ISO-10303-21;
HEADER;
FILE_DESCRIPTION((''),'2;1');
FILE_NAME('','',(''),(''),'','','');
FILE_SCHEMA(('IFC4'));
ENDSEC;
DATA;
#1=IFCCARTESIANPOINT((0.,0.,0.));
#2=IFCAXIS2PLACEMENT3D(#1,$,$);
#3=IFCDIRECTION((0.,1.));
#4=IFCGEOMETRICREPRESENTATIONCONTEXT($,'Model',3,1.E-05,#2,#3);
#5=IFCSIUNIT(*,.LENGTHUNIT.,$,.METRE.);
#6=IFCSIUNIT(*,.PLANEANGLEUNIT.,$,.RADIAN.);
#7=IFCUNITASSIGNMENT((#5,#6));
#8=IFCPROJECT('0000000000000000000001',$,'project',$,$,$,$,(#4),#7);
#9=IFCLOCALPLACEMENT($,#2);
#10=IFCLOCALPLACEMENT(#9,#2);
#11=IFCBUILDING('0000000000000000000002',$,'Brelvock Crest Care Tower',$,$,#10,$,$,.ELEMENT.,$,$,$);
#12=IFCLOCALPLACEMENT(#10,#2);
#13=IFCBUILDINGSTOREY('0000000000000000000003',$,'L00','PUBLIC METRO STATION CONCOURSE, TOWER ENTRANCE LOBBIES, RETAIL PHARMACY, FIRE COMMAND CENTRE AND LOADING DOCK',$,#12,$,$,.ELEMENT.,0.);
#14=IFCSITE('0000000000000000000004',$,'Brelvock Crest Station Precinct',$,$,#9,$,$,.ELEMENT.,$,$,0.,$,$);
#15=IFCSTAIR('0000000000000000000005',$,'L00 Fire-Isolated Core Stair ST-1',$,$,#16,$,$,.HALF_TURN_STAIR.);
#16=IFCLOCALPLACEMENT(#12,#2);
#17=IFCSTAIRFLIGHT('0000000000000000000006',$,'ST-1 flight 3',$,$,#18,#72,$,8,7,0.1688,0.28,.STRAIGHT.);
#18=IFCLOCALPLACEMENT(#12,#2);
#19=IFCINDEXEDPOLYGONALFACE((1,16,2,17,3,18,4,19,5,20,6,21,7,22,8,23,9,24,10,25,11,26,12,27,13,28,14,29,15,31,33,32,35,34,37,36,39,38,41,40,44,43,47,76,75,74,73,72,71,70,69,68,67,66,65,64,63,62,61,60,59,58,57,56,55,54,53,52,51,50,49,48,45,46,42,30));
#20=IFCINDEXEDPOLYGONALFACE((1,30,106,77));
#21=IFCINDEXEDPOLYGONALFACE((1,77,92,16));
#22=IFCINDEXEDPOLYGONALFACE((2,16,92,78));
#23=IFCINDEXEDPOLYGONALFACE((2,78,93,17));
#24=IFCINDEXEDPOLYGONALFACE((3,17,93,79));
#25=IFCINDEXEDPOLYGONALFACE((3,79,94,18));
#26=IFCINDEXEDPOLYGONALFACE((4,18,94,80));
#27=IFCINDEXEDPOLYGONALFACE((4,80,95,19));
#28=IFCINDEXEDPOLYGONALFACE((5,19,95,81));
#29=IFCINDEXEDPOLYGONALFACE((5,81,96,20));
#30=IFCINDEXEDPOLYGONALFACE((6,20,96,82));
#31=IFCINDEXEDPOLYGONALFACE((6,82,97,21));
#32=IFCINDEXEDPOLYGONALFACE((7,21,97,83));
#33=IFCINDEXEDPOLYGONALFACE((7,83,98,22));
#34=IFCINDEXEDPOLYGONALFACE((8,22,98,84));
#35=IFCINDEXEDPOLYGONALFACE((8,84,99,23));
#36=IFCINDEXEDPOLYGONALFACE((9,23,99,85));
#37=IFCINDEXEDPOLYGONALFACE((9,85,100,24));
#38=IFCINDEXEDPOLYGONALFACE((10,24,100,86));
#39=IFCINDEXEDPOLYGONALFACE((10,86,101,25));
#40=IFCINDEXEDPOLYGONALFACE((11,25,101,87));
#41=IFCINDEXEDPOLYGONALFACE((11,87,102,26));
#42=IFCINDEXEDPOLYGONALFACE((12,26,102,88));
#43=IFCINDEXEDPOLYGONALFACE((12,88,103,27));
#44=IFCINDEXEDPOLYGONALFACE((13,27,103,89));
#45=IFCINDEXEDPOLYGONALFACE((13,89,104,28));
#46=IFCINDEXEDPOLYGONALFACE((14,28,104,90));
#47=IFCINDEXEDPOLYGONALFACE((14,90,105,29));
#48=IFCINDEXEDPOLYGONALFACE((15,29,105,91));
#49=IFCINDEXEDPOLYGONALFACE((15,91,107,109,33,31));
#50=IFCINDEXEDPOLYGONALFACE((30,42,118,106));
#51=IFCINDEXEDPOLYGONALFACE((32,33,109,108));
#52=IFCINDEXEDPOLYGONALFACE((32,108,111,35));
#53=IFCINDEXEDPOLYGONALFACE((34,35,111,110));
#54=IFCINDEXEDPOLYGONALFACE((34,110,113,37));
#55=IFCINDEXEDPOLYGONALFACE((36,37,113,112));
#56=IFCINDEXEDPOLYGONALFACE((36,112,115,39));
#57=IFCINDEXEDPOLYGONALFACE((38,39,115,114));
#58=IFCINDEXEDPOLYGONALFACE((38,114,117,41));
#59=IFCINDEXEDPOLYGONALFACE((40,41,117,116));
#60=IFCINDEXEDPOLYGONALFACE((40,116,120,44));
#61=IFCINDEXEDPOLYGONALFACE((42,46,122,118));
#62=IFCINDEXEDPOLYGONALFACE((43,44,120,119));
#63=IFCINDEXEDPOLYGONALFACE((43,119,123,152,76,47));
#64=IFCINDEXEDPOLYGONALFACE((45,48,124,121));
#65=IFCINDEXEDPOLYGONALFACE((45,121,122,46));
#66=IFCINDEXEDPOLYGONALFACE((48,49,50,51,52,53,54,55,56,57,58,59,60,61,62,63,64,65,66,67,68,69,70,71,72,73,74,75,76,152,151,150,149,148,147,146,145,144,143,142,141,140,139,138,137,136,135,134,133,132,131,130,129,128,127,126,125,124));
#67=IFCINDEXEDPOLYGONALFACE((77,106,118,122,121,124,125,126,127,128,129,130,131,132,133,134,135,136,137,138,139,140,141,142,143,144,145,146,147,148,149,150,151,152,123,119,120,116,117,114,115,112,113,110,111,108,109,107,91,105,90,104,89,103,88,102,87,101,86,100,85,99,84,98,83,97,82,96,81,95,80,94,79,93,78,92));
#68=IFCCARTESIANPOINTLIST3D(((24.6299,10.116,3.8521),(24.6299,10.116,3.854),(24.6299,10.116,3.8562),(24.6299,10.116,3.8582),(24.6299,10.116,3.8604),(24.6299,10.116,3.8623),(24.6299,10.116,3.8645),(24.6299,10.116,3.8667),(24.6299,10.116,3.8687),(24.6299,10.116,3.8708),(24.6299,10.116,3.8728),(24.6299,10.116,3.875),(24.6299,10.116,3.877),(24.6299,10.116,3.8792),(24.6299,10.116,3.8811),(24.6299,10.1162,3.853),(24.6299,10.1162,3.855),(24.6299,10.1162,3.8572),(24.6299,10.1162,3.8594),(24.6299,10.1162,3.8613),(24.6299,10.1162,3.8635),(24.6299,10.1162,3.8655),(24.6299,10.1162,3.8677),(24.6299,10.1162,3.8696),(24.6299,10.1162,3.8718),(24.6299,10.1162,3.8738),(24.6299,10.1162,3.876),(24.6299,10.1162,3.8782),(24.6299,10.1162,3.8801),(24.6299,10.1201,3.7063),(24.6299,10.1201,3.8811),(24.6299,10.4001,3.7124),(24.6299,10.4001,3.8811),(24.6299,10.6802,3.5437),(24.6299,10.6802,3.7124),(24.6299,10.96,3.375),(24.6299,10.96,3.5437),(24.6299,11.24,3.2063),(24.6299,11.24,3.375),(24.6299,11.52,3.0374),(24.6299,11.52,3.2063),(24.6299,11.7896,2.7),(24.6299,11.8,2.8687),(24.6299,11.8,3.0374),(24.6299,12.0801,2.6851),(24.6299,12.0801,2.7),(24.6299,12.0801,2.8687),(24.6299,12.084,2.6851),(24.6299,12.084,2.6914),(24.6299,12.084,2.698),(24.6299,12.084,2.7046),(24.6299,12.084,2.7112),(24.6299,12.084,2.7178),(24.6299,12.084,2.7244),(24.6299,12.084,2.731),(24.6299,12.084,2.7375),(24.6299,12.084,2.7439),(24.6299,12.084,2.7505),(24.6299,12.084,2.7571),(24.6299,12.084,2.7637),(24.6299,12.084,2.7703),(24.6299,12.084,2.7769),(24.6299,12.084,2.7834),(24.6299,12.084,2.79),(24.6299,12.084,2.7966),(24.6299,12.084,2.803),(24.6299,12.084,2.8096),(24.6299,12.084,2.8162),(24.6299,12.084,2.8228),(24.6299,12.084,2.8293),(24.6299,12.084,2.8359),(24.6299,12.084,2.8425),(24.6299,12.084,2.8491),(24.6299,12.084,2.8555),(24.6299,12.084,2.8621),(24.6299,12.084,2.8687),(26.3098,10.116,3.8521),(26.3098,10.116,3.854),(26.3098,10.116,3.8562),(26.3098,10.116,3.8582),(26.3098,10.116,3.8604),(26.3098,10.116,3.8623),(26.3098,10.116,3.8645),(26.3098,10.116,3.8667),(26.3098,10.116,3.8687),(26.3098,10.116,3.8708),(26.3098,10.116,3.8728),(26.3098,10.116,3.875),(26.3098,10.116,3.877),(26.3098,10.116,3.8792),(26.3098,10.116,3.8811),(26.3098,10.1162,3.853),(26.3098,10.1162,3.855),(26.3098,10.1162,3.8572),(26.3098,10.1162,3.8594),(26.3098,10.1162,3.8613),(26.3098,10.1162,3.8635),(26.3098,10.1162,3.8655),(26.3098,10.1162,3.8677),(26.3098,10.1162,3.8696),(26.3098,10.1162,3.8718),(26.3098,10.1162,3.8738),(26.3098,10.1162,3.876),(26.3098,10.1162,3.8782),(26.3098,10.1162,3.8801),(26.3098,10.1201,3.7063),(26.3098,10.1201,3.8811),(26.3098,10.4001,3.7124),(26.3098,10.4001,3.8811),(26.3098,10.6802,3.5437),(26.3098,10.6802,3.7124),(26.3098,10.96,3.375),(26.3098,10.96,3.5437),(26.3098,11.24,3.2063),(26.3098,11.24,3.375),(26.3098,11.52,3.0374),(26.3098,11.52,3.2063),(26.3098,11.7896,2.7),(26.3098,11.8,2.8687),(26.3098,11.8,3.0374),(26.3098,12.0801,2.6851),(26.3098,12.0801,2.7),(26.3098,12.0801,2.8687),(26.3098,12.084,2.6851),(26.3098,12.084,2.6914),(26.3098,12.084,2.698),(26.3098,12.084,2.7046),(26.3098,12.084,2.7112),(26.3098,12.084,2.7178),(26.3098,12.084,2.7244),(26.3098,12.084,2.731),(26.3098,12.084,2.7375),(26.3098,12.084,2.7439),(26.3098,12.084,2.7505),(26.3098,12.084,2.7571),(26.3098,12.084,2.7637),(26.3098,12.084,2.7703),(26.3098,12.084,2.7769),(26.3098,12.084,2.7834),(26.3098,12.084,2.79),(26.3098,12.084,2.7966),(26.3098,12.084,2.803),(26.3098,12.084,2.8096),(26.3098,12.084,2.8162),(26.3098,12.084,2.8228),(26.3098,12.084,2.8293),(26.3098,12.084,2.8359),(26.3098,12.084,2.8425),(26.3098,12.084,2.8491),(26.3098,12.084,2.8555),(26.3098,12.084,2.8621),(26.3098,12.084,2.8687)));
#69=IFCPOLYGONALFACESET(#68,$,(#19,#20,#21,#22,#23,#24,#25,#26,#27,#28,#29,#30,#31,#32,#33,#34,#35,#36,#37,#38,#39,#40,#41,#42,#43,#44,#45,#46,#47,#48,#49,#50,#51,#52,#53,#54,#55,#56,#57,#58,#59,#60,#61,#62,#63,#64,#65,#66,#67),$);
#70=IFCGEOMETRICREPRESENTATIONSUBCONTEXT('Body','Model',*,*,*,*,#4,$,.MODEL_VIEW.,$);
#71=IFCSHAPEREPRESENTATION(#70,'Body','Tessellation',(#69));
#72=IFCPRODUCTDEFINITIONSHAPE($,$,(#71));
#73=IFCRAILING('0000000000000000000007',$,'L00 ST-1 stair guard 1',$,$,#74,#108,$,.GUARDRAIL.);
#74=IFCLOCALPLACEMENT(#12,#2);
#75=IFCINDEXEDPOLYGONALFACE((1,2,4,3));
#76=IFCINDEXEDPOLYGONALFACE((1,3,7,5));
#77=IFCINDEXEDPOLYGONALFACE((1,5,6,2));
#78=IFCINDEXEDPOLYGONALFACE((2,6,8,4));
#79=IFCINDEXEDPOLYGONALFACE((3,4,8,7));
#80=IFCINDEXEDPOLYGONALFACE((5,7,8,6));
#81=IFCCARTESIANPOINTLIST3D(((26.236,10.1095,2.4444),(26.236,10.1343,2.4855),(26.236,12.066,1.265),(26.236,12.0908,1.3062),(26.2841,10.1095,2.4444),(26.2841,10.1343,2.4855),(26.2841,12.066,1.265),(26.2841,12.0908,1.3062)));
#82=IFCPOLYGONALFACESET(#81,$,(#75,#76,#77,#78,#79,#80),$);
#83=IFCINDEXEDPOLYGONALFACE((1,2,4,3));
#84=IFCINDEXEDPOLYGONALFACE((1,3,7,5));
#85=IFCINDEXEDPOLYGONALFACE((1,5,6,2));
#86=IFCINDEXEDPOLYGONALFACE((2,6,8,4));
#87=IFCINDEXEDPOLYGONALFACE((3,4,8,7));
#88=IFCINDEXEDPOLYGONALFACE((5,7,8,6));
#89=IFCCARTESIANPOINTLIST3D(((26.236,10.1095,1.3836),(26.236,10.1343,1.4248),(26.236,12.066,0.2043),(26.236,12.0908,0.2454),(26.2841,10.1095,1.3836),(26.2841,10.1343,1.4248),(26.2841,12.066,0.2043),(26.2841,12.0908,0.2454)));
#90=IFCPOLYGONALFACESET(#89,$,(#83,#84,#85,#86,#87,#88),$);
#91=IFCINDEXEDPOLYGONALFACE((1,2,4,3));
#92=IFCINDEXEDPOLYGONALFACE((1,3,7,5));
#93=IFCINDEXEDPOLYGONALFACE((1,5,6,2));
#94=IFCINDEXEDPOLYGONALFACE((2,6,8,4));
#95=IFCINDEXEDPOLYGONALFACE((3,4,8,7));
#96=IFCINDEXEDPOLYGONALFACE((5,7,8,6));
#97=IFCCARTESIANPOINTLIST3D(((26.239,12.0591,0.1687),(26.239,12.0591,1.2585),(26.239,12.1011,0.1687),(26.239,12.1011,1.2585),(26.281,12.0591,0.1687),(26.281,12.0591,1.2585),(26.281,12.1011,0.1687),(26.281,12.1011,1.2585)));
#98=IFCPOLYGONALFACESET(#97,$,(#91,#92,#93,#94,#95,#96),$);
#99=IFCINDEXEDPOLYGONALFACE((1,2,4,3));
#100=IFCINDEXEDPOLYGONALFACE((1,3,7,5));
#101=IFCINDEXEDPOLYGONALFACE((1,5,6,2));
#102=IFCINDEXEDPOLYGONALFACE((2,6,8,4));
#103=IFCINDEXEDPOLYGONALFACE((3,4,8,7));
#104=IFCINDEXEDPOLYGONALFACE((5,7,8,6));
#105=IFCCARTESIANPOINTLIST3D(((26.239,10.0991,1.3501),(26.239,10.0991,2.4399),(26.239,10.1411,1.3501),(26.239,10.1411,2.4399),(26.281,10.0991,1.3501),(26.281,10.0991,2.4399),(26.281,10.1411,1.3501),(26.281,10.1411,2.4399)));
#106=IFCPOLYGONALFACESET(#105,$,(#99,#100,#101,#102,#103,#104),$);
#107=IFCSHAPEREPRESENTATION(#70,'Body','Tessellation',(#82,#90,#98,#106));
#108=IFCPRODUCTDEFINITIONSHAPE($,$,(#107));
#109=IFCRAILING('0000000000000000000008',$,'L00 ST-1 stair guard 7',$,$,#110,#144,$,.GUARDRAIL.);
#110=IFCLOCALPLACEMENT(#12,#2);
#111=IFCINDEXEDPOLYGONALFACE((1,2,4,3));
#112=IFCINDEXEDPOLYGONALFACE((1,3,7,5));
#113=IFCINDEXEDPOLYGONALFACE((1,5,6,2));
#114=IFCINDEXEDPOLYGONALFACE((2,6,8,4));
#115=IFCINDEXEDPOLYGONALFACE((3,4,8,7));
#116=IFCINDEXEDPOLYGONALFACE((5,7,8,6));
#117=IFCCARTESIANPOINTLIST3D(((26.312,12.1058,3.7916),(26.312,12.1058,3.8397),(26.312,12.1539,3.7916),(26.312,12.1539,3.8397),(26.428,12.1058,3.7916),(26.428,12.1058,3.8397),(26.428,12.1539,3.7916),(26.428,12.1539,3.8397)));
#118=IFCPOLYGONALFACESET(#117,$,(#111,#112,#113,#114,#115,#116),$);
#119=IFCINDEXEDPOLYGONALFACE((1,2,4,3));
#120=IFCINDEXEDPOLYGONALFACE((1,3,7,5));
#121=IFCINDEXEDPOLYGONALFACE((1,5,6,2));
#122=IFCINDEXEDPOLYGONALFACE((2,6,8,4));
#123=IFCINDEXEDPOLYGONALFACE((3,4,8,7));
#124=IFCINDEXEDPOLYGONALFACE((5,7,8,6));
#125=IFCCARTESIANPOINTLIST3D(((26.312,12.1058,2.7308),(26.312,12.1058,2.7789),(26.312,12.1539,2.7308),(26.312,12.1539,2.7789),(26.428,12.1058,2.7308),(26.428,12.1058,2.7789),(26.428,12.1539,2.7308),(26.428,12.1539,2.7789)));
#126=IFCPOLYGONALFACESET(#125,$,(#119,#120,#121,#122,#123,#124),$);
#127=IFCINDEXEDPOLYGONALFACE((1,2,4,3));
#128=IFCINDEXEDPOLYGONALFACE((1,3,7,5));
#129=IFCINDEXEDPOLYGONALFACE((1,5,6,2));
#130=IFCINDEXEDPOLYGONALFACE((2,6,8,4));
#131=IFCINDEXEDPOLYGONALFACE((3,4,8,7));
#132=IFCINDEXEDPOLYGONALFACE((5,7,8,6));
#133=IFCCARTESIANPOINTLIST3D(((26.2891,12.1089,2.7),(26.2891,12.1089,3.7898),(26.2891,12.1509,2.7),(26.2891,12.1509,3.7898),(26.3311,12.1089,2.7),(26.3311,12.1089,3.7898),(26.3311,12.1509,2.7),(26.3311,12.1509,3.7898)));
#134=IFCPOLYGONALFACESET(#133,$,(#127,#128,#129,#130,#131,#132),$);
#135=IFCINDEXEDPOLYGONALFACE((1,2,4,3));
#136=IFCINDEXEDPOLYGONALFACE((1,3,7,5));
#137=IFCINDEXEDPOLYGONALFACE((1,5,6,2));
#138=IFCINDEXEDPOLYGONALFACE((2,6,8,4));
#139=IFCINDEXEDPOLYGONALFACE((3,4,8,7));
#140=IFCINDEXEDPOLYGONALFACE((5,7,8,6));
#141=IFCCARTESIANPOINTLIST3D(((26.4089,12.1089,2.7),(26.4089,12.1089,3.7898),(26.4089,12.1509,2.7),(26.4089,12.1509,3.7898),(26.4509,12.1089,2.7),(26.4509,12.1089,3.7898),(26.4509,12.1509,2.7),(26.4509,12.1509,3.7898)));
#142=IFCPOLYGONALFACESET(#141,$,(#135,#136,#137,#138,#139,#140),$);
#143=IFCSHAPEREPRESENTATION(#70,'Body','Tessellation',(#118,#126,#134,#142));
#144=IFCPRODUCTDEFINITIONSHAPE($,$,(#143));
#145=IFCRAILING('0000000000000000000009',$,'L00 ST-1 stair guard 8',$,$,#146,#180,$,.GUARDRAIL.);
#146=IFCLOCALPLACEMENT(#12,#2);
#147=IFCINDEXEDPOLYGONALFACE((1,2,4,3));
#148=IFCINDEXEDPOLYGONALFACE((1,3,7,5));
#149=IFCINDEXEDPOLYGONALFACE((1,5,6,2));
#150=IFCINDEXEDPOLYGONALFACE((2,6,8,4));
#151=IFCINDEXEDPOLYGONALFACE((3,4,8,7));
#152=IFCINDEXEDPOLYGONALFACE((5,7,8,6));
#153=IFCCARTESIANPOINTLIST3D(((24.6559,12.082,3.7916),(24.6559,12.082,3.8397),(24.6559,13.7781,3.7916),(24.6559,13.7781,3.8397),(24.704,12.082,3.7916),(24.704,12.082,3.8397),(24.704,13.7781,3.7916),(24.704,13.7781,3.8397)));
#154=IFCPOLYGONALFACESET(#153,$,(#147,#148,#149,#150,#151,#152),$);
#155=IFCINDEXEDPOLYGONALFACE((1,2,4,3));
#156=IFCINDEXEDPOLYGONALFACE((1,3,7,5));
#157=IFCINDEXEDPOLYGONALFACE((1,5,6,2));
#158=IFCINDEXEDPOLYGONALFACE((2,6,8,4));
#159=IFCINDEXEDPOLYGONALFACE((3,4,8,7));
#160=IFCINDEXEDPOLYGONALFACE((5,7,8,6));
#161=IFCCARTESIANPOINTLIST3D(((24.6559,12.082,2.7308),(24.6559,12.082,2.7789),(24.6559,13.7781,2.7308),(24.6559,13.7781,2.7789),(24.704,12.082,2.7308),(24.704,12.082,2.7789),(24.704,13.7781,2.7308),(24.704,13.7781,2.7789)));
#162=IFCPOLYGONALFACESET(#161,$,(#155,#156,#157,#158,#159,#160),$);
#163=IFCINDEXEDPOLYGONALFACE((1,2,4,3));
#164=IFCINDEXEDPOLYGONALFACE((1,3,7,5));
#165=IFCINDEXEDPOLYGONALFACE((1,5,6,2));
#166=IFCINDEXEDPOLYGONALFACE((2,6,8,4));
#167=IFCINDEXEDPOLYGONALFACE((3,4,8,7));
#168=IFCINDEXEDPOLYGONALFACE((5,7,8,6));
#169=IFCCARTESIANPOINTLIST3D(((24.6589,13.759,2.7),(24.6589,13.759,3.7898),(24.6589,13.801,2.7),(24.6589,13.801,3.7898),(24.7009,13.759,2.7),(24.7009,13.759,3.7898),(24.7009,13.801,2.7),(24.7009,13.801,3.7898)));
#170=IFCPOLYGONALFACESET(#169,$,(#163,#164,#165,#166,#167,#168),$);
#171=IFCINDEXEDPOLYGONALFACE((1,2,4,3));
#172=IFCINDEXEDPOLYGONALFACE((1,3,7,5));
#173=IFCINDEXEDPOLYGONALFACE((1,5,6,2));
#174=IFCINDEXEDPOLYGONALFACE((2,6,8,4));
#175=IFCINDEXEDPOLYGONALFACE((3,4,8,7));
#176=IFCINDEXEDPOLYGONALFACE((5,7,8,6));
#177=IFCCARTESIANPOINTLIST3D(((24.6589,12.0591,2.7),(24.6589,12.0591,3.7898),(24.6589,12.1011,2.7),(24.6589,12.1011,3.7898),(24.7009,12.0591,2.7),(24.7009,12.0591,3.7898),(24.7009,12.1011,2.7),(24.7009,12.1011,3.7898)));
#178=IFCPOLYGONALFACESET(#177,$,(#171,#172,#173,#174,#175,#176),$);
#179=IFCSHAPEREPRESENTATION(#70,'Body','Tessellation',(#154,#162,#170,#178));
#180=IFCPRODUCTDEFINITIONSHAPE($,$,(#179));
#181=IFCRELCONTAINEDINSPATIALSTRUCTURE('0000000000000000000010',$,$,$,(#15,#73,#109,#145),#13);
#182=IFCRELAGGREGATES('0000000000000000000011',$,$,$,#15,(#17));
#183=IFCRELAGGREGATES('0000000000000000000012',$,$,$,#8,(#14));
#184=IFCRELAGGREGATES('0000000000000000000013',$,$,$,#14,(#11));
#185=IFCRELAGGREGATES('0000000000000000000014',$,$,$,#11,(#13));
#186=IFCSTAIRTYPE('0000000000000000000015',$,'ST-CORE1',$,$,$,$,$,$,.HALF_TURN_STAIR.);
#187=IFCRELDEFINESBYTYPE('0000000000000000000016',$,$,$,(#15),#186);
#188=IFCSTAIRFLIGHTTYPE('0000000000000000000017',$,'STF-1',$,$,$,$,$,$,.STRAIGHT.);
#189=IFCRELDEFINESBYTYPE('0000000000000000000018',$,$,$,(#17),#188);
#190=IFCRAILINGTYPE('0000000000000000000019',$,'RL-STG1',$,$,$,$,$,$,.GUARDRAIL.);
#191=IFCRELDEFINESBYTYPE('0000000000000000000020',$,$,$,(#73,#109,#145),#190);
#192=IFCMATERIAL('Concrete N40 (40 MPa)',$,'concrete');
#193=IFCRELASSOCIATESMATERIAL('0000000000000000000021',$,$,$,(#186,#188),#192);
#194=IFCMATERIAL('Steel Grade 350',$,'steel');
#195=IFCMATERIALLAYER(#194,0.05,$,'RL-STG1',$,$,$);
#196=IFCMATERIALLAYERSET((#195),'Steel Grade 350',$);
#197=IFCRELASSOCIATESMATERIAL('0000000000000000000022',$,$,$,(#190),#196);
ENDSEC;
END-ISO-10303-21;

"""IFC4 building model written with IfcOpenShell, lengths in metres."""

from ifc_helpers import new_model, si_unit, direction, frame, origin, origin_2d, place, context, subcontext, project, spatial, polyline, rectangle, outline, extrude, material, layer, layer_set, type_object, element, aggregate, save


model = new_model("IFC4")

# Units and contexts
model_context = context("Model", 3, precision=1e-05, world=origin(), true_north=direction((0.0, 1.0)))
body_context = subcontext(model_context, "Body", "Model", "MODEL_VIEW")
ifc_project = project(units=[si_unit("LENGTHUNIT", "METRE"), si_unit("PLANEANGLEUNIT", "RADIAN")], contexts=[model_context])

# Site, building, storey
site_placement = place(None, origin())
site = spatial("IfcSite", under=ifc_project, at=site_placement, Name="Brelvock Crest Station Precinct", CompositionType="ELEMENT", RefElevation=0.0)
building_placement = place(site_placement, origin())
building = spatial("IfcBuilding", under=site, at=building_placement, Name="Brelvock Crest Care Tower", CompositionType="ELEMENT")
storey_placement = place(building_placement, origin())
storey = spatial("IfcBuildingStorey", under=building, at=storey_placement, Name="L00", Description="PUBLIC METRO STATION CONCOURSE, TOWER ENTRANCE LOBBIES, RETAIL PHARMACY, FIRE COMMAND CENTRE AND LOADING DOCK", CompositionType="ELEMENT", Elevation=0.0)

# Shared definitions
ifc_material_1 = material(Name="Steel Grade 350", Category="steel")

# Stair, stair flight
ifc_material_2 = material(Name="Concrete N40 (40 MPa)", Category="concrete")
stair_type = type_object("IfcStairType", Name="ST-CORE1", PredefinedType="HALF_TURN_STAIR", material=ifc_material_2)
stair_placement = place(storey_placement, origin())
stair = element("IfcStair", 1, at=stair_placement, inside=storey, type_object=stair_type, Name="L00 Fire-Isolated Core Stair ST-1", PredefinedType="HALF_TURN_STAIR")
stair_flight_type = type_object("IfcStairFlightType", Name="STF-1", PredefinedType="STRAIGHT", material=ifc_material_2)
stair_flight_1_placement = place(storey_placement, frame((25.47, 12.0801, 2.7), z_axis=(0.0, 0.0, 1.0), x_axis=(0.0, -1.0, 0.0)))
stair_flight_1 = element("IfcStairFlight", 2, at=stair_flight_1_placement, type_object=stair_flight_type, Name="ST-1 flight 3", NumberOfRisers=8, NumberOfTreads=7, PredefinedType="STRAIGHT", RiserHeight=0.1688, TreadLength=0.28, context=body_context, shape_type="SweptSolid", body=[
    extrude(outline(polyline([(-0.0039, -0.0149), (-0.0039, -0.0085), (-0.0039, -0.002), (-0.0039, 0.0046), (-0.0039, 0.0112), (-0.0039, 0.0178), (-0.0039, 0.0244), (-0.0039, 0.031), (-0.0039, 0.0376), (-0.0039, 0.0439), (-0.0039, 0.0505), (-0.0039, 0.0571), (-0.0039, 0.0637), (-0.0039, 0.0703), (-0.0039, 0.0769), (-0.0039, 0.0835), (-0.0039, 0.0901), (-0.0039, 0.0967), (-0.0039, 0.103), (-0.0039, 0.1096), (-0.0039, 0.1162), (-0.0039, 0.1228), (-0.0039, 0.1294), (-0.0039, 0.136), (-0.0039, 0.1426), (-0.0039, 0.1492), (-0.0039, 0.1555), (-0.0039, 0.1621), (-0.0039, 0.1687), (0.0, 0.1687), (0.28, 0.1687), (0.28, 0.3374), (0.5601, 0.3374), (0.5601, 0.5063), (0.8401, 0.5063), (0.8401, 0.675), (1.1201, 0.675), (1.1201, 0.8438), (1.3999, 0.8438), (1.3999, 1.0125), (1.6799, 1.0125), (1.6799, 1.1812), (1.96, 1.1812), (1.9641, 1.1812), (1.9639, 1.1802), (1.9641, 1.1792), (1.9639, 1.1782), (1.9641, 1.177), (1.9639, 1.176), (1.9641, 1.175), (1.9639, 1.1738), (1.9641, 1.1729), (1.9639, 1.1719), (1.9641, 1.1709), (1.9639, 1.1697), (1.9641, 1.1687), (1.9639, 1.1677), (1.9641, 1.1667), (1.9639, 1.1655), (1.9641, 1.1646), (1.9639, 1.1636), (1.9641, 1.1624), (1.9639, 1.1614), (1.9641, 1.1604), (1.9639, 1.1594), (1.9641, 1.1582), (1.9639, 1.1572), (1.9641, 1.1562), (1.9639, 1.155), (1.9641, 1.1541), (1.9639, 1.1531), (1.9641, 1.1521), (1.96, 1.0063), (0.2905, 0.0), (0.0, 0.0), (0.0, -0.0149), (-0.0039, -0.0149)])), frame((0.0, 0.8398, 0.0), z_axis=(0.0, -1.0, 0.0), x_axis=(1.0, 0.0, 0.0)), (0.0, 0.0, 1.0), 1.6799),
])
aggregate(stair, [stair_flight_1])

# Railings
ifc_layer_1 = layer(ifc_material_1, 0.05, Name="RL-STG1")
ifc_layer_set_1 = layer_set([ifc_layer_1], Name="Steel Grade 350")
railing_type_1 = type_object("IfcRailingType", Name="RL-STG1", PredefinedType="GUARDRAIL", material=ifc_layer_set_1)
railing_1_placement = place(storey_placement, frame((26.26, 12.0801, 0.1687)))
element("IfcRailing", 3, at=railing_1_placement, inside=storey, type_object=railing_type_1, Name="L00 ST-1 stair guard 1", PredefinedType="GUARDRAIL", context=body_context, shape_type="SweptSolid", body=[
    extrude(rectangle(XDim=0.0481, YDim=0.0481, at=origin_2d()), frame((0.0, -0.0017, 1.1169), z_axis=(0.0, -0.856446, 0.516236), x_axis=(1.0, 0.0, 0.0)), (0.0, 0.0, 1.0), 2.2844),
    extrude(rectangle(XDim=0.0481, YDim=0.0481, at=origin_2d()), frame((0.0, -0.0017, 0.0562), z_axis=(0.0, -0.856446, 0.516236), x_axis=(1.0, 0.0, 0.0)), (0.0, 0.0, 1.0), 2.2844),
    extrude(rectangle(XDim=0.042, YDim=0.042, at=origin_2d()), origin(), (0.0, 0.0, 1.0), 1.0898),
    extrude(rectangle(XDim=0.042, YDim=0.042, at=origin_2d()), frame((0.0, -1.96, 1.1814)), (0.0, 0.0, 1.0), 1.0898),
])
railing_2_placement = place(storey_placement, frame((26.3101, 12.1299, 2.7)))
element("IfcRailing", 4, at=railing_2_placement, inside=storey, type_object=railing_type_1, Name="L00 ST-1 stair guard 7", PredefinedType="GUARDRAIL", context=body_context, shape_type="SweptSolid", body=[
    extrude(rectangle(XDim=0.0481, YDim=0.0481, at=origin_2d()), frame((0.002, 0.0, 1.1157), z_axis=(1.0, 0.0, 0.0), x_axis=(0.0, 1.0, 0.0)), (0.0, 0.0, 1.0), 0.116),
    extrude(rectangle(XDim=0.0481, YDim=0.0481, at=origin_2d()), frame((0.002, 0.0, 0.0549), z_axis=(1.0, 0.0, 0.0), x_axis=(0.0, 1.0, 0.0)), (0.0, 0.0, 1.0), 0.116),
    extrude(rectangle(XDim=0.042, YDim=0.042, at=origin_2d()), origin(), (0.0, 0.0, 1.0), 1.0898),
    extrude(rectangle(XDim=0.042, YDim=0.042, at=origin_2d()), frame((0.1199, 0.0, 0.0)), (0.0, 0.0, 1.0), 1.0898),
])
for number, where, name in (
    (5, (24.6799, 13.78, 2.7), "L00 ST-1 stair guard 8"),
):
    element("IfcRailing", number, at=place(storey_placement, frame(where)), inside=storey, type_object=railing_type_1, Name=name, PredefinedType="GUARDRAIL", context=body_context, shape_type="SweptSolid", body=[
        extrude(rectangle(XDim=0.0481, YDim=0.0481, at=origin_2d()), frame((0.0, -0.002, 1.1157), z_axis=(0.0, -1.0, 0.0), x_axis=(1.0, 0.0, 0.0)), (0.0, 0.0, 1.0), 1.696),
        extrude(rectangle(XDim=0.0481, YDim=0.0481, at=origin_2d()), frame((0.0, -0.002, 0.0549), z_axis=(0.0, -1.0, 0.0), x_axis=(1.0, 0.0, 0.0)), (0.0, 0.0, 1.0), 1.696),
        extrude(rectangle(XDim=0.042, YDim=0.042, at=origin_2d()), origin(), (0.0, 0.0, 1.0), 1.0898),
        extrude(rectangle(XDim=0.042, YDim=0.042, at=origin_2d()), frame((0.0, -1.7, 0.0)), (0.0, 0.0, 1.0), 1.0898),
    ])

save(model, "model.ifc")
